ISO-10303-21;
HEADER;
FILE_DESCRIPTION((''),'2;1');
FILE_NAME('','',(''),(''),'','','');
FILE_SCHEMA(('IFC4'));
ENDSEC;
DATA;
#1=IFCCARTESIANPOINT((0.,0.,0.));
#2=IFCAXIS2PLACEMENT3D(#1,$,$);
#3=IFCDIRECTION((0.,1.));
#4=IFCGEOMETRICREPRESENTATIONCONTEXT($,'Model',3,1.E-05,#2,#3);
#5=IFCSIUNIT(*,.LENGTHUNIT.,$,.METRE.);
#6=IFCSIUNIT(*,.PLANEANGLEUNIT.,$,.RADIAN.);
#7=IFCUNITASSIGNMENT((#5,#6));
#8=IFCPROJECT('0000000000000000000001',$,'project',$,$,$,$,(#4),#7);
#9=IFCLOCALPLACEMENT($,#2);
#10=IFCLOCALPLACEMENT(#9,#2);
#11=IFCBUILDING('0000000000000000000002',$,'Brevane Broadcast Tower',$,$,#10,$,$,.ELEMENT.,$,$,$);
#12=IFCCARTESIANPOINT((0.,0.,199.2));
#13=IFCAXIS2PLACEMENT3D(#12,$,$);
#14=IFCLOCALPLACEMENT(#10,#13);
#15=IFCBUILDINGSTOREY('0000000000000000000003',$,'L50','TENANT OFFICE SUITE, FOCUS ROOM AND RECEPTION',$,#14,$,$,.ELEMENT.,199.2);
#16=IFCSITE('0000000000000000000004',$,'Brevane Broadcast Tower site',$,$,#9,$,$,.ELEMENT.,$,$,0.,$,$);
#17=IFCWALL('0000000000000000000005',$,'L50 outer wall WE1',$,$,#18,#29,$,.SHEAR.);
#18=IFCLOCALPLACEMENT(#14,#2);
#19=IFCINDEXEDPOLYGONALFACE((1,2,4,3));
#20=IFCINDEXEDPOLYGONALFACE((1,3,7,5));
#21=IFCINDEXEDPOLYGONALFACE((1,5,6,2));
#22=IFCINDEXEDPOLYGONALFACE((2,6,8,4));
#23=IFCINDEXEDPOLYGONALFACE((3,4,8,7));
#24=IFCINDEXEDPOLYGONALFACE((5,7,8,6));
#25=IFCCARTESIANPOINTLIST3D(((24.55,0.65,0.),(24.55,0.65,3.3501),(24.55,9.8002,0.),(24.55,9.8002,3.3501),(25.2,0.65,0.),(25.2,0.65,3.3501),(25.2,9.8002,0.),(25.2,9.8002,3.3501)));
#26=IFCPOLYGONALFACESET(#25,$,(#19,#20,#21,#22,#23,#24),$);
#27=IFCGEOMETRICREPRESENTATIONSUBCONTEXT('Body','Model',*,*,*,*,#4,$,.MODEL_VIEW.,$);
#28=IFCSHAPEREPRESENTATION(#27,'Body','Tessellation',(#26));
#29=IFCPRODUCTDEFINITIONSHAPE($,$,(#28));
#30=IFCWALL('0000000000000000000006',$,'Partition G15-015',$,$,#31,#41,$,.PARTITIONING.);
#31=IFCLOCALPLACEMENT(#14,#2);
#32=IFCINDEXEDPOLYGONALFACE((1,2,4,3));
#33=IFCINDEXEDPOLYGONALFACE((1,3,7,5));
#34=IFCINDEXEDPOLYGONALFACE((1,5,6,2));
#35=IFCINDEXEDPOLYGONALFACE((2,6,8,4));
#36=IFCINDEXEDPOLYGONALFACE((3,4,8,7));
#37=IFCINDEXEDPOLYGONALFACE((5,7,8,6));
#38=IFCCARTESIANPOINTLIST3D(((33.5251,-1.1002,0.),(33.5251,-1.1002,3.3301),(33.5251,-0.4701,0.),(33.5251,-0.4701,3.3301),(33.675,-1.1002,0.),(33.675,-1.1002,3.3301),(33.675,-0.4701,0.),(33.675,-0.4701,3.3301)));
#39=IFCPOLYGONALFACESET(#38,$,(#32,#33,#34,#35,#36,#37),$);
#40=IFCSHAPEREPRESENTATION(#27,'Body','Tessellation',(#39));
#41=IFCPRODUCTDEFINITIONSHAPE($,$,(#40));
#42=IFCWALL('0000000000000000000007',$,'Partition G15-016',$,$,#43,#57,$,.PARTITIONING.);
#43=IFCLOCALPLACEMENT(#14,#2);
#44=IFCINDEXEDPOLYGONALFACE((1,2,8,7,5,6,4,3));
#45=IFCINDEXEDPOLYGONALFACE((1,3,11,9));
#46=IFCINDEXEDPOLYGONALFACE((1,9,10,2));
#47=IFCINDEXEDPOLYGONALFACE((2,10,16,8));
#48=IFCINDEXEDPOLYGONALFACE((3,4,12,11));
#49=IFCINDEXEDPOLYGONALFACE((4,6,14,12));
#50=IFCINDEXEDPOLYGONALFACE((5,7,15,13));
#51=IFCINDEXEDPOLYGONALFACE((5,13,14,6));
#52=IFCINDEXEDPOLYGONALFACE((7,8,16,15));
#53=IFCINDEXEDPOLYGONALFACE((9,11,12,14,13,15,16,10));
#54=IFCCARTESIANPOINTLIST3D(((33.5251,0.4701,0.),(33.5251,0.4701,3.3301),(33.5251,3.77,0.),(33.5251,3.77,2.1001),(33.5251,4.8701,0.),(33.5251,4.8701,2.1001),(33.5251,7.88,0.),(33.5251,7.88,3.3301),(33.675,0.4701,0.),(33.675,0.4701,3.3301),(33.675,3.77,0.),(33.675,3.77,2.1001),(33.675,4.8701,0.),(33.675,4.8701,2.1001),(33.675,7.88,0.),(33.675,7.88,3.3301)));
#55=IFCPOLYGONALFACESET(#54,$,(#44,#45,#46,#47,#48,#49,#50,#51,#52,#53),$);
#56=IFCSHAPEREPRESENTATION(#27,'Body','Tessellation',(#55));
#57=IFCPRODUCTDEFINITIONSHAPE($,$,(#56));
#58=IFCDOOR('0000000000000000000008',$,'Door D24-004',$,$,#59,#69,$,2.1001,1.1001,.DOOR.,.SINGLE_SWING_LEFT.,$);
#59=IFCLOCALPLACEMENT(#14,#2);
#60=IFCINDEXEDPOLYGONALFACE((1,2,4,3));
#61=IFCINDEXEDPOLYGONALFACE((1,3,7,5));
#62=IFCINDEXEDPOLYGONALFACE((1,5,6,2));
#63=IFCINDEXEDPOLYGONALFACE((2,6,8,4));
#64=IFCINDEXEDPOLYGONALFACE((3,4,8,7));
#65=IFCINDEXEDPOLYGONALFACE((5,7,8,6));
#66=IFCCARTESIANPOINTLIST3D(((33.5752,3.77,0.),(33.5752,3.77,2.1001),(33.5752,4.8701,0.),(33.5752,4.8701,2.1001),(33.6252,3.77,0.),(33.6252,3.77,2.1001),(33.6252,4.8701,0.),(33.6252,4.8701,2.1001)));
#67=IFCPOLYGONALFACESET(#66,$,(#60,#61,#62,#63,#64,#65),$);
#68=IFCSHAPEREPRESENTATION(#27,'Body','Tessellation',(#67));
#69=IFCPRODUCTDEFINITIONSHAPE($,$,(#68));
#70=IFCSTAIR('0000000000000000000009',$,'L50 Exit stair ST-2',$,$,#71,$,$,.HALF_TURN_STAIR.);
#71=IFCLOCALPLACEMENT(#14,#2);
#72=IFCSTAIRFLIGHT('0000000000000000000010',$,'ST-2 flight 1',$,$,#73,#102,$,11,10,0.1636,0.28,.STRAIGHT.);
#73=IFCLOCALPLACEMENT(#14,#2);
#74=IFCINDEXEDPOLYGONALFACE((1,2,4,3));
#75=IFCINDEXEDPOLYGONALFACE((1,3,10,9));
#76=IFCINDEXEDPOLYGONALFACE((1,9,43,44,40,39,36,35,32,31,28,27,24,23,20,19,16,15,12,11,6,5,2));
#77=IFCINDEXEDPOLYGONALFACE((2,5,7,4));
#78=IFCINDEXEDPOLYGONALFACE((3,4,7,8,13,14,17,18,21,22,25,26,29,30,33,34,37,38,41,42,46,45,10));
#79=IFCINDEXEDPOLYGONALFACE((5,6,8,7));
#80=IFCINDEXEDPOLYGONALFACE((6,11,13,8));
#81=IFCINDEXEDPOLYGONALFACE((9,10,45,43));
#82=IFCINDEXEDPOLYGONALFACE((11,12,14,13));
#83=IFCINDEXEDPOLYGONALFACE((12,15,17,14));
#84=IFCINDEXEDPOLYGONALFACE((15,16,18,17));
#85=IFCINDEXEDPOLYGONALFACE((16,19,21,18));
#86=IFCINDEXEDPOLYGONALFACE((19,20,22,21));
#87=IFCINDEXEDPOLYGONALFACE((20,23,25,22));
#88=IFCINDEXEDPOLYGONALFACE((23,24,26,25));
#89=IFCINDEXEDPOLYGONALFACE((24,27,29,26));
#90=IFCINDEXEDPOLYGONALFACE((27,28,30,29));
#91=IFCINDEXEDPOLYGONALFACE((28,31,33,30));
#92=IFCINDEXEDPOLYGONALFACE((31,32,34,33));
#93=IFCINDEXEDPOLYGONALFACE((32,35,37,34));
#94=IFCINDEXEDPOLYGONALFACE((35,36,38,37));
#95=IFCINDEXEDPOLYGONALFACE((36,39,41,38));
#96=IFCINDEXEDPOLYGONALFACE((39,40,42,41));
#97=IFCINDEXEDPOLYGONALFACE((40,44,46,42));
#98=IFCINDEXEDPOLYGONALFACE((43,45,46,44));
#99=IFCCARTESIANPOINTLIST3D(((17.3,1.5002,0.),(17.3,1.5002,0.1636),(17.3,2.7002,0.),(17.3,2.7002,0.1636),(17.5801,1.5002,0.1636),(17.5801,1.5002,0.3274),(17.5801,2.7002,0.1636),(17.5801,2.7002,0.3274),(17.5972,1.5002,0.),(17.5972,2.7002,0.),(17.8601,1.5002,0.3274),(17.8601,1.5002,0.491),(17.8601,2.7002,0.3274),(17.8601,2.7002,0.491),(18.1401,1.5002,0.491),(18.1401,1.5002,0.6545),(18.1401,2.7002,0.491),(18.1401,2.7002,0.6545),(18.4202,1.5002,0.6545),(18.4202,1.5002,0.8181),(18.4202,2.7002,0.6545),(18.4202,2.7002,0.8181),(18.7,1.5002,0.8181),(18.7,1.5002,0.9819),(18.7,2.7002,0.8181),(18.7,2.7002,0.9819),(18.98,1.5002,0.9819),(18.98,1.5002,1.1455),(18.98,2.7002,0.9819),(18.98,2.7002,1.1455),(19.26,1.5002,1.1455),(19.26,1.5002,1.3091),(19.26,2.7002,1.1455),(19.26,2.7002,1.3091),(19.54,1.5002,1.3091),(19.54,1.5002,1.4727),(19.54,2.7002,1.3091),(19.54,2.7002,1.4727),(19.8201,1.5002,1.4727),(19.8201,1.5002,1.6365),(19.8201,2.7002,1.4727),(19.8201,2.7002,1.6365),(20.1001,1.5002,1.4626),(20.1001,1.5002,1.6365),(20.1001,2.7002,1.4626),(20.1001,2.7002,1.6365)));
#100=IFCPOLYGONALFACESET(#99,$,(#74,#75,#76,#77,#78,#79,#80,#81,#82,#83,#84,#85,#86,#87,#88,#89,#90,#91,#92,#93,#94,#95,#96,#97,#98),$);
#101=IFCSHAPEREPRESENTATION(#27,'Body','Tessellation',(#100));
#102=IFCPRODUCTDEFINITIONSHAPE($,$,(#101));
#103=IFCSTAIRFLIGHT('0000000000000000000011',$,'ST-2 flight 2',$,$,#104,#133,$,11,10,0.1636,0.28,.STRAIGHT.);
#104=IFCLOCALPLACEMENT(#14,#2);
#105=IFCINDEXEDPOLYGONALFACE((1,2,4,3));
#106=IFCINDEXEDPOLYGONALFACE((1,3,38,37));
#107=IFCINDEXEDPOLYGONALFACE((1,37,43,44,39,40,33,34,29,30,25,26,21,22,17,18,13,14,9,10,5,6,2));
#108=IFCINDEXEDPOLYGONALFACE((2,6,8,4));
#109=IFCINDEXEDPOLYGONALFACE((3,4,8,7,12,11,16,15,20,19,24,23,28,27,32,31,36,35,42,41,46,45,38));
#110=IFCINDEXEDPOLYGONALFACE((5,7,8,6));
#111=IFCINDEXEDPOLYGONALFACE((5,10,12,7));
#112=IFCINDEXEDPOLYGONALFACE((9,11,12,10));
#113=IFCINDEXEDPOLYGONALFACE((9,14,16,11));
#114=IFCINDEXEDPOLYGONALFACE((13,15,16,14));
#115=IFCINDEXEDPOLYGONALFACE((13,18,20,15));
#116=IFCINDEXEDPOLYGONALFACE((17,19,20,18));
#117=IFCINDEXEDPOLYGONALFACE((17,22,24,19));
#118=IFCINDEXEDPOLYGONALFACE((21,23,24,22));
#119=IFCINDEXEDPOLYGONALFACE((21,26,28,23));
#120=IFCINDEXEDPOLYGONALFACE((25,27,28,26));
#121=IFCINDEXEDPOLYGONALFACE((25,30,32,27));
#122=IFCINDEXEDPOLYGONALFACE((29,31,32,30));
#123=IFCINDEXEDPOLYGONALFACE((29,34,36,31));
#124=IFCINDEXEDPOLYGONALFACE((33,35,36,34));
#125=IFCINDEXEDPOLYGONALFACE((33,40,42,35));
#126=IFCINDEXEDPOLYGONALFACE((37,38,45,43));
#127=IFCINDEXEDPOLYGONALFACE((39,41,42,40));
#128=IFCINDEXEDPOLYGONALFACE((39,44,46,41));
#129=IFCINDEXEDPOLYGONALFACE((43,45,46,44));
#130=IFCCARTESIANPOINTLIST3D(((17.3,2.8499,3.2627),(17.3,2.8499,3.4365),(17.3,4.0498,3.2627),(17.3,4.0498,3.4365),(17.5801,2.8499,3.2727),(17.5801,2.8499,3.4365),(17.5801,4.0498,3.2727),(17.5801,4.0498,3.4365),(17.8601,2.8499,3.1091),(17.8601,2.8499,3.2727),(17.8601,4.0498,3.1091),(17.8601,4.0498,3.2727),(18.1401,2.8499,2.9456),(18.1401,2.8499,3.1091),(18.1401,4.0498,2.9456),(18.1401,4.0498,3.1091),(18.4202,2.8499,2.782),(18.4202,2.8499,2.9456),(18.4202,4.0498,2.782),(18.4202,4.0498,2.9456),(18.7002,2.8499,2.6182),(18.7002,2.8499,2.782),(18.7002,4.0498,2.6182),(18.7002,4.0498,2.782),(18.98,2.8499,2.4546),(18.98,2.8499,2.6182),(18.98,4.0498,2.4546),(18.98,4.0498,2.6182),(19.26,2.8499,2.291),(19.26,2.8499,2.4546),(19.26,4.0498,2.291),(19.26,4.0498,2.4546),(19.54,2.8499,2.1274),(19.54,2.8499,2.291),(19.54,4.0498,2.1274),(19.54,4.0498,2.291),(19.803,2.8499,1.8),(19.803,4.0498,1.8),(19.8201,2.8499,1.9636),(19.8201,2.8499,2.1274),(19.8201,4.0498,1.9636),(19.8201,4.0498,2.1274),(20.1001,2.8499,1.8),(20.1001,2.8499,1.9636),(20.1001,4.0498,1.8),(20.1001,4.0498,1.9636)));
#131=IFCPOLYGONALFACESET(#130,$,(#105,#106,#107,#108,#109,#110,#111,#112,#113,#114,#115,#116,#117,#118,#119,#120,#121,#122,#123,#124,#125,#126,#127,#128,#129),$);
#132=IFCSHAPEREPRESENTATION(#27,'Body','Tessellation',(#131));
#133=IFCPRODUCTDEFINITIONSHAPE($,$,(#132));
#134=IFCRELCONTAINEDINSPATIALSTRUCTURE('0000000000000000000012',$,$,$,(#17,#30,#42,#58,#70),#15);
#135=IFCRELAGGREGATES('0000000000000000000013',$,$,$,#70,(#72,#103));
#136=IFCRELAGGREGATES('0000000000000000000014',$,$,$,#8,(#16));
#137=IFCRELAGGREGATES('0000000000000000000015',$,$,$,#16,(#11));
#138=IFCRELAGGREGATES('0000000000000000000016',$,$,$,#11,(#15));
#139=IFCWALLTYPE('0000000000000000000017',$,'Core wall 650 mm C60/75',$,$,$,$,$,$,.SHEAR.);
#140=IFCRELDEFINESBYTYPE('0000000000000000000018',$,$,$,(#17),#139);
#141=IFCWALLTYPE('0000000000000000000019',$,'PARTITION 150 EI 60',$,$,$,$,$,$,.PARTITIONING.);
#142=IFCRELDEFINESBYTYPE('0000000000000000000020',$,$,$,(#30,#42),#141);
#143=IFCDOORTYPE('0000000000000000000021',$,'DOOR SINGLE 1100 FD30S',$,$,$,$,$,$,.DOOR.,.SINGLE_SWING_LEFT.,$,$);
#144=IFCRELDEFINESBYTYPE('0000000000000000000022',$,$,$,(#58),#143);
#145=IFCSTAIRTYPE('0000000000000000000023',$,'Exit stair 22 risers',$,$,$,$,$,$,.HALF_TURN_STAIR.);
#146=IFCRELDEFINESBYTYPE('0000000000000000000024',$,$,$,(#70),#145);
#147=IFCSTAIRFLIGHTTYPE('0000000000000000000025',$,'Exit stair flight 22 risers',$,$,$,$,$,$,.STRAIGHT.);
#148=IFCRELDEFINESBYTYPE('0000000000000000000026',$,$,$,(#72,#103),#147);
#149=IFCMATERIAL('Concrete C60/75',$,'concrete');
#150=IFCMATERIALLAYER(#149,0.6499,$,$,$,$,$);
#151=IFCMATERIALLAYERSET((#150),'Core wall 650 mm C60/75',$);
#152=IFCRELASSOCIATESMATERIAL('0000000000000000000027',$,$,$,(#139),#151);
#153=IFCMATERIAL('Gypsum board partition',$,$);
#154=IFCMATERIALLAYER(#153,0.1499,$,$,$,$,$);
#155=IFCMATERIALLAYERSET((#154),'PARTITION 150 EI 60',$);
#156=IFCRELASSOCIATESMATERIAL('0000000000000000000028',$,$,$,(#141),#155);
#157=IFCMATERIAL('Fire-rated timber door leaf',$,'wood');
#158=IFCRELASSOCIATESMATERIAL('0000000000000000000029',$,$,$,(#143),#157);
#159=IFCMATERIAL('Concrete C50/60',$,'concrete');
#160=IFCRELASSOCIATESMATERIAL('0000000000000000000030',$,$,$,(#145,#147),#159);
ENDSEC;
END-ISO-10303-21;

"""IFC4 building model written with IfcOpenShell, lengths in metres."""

from ifc_helpers import new_model, si_unit, direction, frame, frame_2d, origin, place, context, subcontext, project, spatial, polyline, rectangle, outline, extrude, material, layer, layer_set, type_object, element, fill, aggregate, save


model = new_model("IFC4")

# Units and contexts
model_context = context("Model", 3, precision=1e-05, world=origin(), true_north=direction((0.0, 1.0)))
body_context = subcontext(model_context, "Body", "Model", "MODEL_VIEW")
ifc_project = project(units=[si_unit("LENGTHUNIT", "METRE"), si_unit("PLANEANGLEUNIT", "RADIAN")], contexts=[model_context])

# Site, building, storey
site_placement = place(None, origin())
site = spatial("IfcSite", under=ifc_project, at=site_placement, Name="Brevane Broadcast Tower site", CompositionType="ELEMENT", RefElevation=0.0)
building_placement = place(site_placement, origin())
building = spatial("IfcBuilding", under=site, at=building_placement, Name="Brevane Broadcast Tower", CompositionType="ELEMENT")
storey_placement = place(building_placement, frame((0.0, 0.0, 199.2)))
storey = spatial("IfcBuildingStorey", under=building, at=storey_placement, Name="L50", Description="TENANT OFFICE SUITE, FOCUS ROOM AND RECEPTION", CompositionType="ELEMENT", Elevation=199.2)

# Shared definitions
ifc_material_1 = material(Name="Concrete C60/75", Category="concrete")

# Walls
ifc_layer_1 = layer(ifc_material_1, 0.6499)
ifc_layer_set_1 = layer_set([ifc_layer_1], Name="Core wall 650 mm C60/75")
wall_type_1 = type_object("IfcWallType", Name="Core wall 650 mm C60/75", PredefinedType="SHEAR", material=ifc_layer_set_1)
wall_1_placement = place(storey_placement, frame((24.875, 0.6499, 0.0), z_axis=(0.0, 0.0, 1.0), x_axis=(0.0, 1.0, 0.0)))
element("IfcWall", 1, at=wall_1_placement, inside=storey, type_object=wall_type_1, Name="L50 outer wall WE1", PredefinedType="SHEAR", context=body_context, shape_type="SweptSolid", body=[
    extrude(rectangle(XDim=9.1501, YDim=0.6499, at=frame_2d((4.5752, 0.0))), origin(), (0.0, 0.0, 1.0), 3.3501),
])
ifc_material_2 = material(Name="Gypsum board partition")
ifc_layer_2 = layer(ifc_material_2, 0.1499)
ifc_layer_set_2 = layer_set([ifc_layer_2], Name="PARTITION 150 EI 60")
wall_type_2 = type_object("IfcWallType", Name="PARTITION 150 EI 60", PredefinedType="PARTITIONING", material=ifc_layer_set_2)
wall_2_placement = place(storey_placement, frame((33.6001, -1.1001, 0.0), z_axis=(0.0, 0.0, 1.0), x_axis=(0.0, 1.0, 0.0)))
element("IfcWall", 2, at=wall_2_placement, inside=storey, type_object=wall_type_2, Name="Partition G15-015", PredefinedType="PARTITIONING", context=body_context, shape_type="SweptSolid", body=[
    extrude(rectangle(XDim=0.6301, YDim=0.1499, at=frame_2d((0.3149, 0.0))), origin(), (0.0, 0.0, 1.0), 3.3301),
])

# Wall, opening, door
wall_3_placement = place(storey_placement, frame((33.6001, 0.47, 0.0), z_axis=(0.0, 0.0, 1.0), x_axis=(0.0, 1.0, 0.0)))
wall_3 = element("IfcWall", 3, at=wall_3_placement, inside=storey, type_object=wall_type_2, Name="Partition G15-016", PredefinedType="PARTITIONING", context=body_context, shape_type="SweptSolid", body=[
    extrude(rectangle(XDim=7.4099, YDim=0.1499, at=frame_2d((3.7051, 0.0))), origin(), (0.0, 0.0, 1.0), 3.3301),
])
opening_1_placement = place(wall_3_placement, frame((3.3, 0.0, 0.0)))
opening_1 = element("IfcOpeningElement", 4, at=opening_1_placement, cuts=wall_3, PredefinedType="OPENING", context=body_context, shape_type="SweptSolid", body=[
    extrude(rectangle(XDim=1.1001, YDim=2.1001, at=frame_2d((0.55, 1.05))), frame((0.0, 0.085, 0.0), z_axis=(0.0, -1.0, 0.0), x_axis=(1.0, 0.0, 0.0)), (0.0, 0.0, 1.0), 0.1699),
])
ifc_material_3 = material(Name="Fire-rated timber door leaf", Category="wood")
door_type_1 = type_object("IfcDoorType", Name="DOOR SINGLE 1100 FD30S", OperationType="SINGLE_SWING_LEFT", PredefinedType="DOOR", material=ifc_material_3)
door_1_placement = place(opening_1_placement, origin())
door_1 = element("IfcDoor", 5, at=door_1_placement, inside=storey, type_object=door_type_1, Name="Door D24-004", OperationType="SINGLE_SWING_LEFT", OverallHeight=2.1001, OverallWidth=1.1001, PredefinedType="DOOR", context=body_context, shape_type="SweptSolid", body=[
    extrude(rectangle(XDim=1.1001, YDim=2.1001, at=frame_2d((0.55, 1.05))), frame((0.0, 0.0249, 0.0), z_axis=(0.0, -1.0, 0.0), x_axis=(1.0, 0.0, 0.0)), (0.0, 0.0, 1.0), 0.05),
])
fill(opening_1, door_1)

# Stair, stair flights
ifc_material_4 = material(Name="Concrete C50/60", Category="concrete")
stair_type = type_object("IfcStairType", Name="Exit stair 22 risers", PredefinedType="HALF_TURN_STAIR", material=ifc_material_4)
stair_placement = place(storey_placement, origin())
stair = element("IfcStair", 6, at=stair_placement, inside=storey, type_object=stair_type, Name="L50 Exit stair ST-2", PredefinedType="HALF_TURN_STAIR")
stair_flight_type = type_object("IfcStairFlightType", Name="Exit stair flight 22 risers", PredefinedType="STRAIGHT", material=ifc_material_4)
stair_flight_1_placement = place(storey_placement, frame((17.3, 2.1001, 0.0), z_axis=(0.0, 0.0, 1.0), x_axis=(1.0, 0.0, 0.0)))
stair_flight_1 = element("IfcStairFlight", 7, at=stair_flight_1_placement, type_object=stair_flight_type, Name="ST-2 flight 1", NumberOfRisers=11, NumberOfTreads=10, PredefinedType="STRAIGHT", RiserHeight=0.1636, TreadLength=0.28, context=body_context, shape_type="SweptSolid", body=[
    extrude(outline(polyline([(0.0, 0.0), (0.0, 0.1636), (0.28, 0.1636), (0.28, 0.3274), (0.5601, 0.3274), (0.5601, 0.491), (0.8401, 0.491), (0.8401, 0.6545), (1.1201, 0.6545), (1.1201, 0.8181), (1.3999, 0.8181), (1.3999, 0.9819), (1.6799, 0.9819), (1.6799, 1.1455), (1.96, 1.1455), (1.96, 1.3091), (2.24, 1.3091), (2.24, 1.4727), (2.52, 1.4727), (2.52, 1.6365), (2.8, 1.6365), (2.8, 1.8), (2.8, 1.4626), (0.2971, 0.0), (0.0, 0.0)])), frame((0.0, 0.6001, 0.0), z_axis=(0.0, -1.0, 0.0), x_axis=(1.0, 0.0, 0.0)), (0.0, 0.0, 1.0), 1.2),
])
stair_flight_2_placement = place(storey_placement, frame((20.1001, 3.45, 1.8), z_axis=(0.0, 0.0, 1.0), x_axis=(-1.0, 0.0, 0.0)))
stair_flight_2 = element("IfcStairFlight", 8, at=stair_flight_2_placement, type_object=stair_flight_type, Name="ST-2 flight 2", NumberOfRisers=11, NumberOfTreads=10, PredefinedType="STRAIGHT", RiserHeight=0.1636, TreadLength=0.28, context=body_context, shape_type="SweptSolid", body=[
    extrude(outline(polyline([(0.0, 0.0), (0.0, 0.1636), (0.28, 0.1636), (0.28, 0.3274), (0.5601, 0.3274), (0.5601, 0.491), (0.8401, 0.491), (0.8401, 0.6545), (1.1201, 0.6545), (1.1201, 0.8181), (1.3999, 0.8181), (1.3999, 0.9819), (1.6799, 0.9819), (1.6799, 1.1455), (1.96, 1.1455), (1.96, 1.3091), (2.24, 1.3091), (2.24, 1.4727), (2.52, 1.4727), (2.52, 1.6365), (2.8, 1.6365), (2.8, 1.8), (2.8, 1.4626), (0.2971, 0.0), (0.0, 0.0)])), frame((0.0, 0.6001, 0.0), z_axis=(0.0, -1.0, 0.0), x_axis=(1.0, 0.0, 0.0)), (0.0, 0.0, 1.0), 1.2),
])
aggregate(stair, [stair_flight_1, stair_flight_2])

save(model, "model.ifc")
